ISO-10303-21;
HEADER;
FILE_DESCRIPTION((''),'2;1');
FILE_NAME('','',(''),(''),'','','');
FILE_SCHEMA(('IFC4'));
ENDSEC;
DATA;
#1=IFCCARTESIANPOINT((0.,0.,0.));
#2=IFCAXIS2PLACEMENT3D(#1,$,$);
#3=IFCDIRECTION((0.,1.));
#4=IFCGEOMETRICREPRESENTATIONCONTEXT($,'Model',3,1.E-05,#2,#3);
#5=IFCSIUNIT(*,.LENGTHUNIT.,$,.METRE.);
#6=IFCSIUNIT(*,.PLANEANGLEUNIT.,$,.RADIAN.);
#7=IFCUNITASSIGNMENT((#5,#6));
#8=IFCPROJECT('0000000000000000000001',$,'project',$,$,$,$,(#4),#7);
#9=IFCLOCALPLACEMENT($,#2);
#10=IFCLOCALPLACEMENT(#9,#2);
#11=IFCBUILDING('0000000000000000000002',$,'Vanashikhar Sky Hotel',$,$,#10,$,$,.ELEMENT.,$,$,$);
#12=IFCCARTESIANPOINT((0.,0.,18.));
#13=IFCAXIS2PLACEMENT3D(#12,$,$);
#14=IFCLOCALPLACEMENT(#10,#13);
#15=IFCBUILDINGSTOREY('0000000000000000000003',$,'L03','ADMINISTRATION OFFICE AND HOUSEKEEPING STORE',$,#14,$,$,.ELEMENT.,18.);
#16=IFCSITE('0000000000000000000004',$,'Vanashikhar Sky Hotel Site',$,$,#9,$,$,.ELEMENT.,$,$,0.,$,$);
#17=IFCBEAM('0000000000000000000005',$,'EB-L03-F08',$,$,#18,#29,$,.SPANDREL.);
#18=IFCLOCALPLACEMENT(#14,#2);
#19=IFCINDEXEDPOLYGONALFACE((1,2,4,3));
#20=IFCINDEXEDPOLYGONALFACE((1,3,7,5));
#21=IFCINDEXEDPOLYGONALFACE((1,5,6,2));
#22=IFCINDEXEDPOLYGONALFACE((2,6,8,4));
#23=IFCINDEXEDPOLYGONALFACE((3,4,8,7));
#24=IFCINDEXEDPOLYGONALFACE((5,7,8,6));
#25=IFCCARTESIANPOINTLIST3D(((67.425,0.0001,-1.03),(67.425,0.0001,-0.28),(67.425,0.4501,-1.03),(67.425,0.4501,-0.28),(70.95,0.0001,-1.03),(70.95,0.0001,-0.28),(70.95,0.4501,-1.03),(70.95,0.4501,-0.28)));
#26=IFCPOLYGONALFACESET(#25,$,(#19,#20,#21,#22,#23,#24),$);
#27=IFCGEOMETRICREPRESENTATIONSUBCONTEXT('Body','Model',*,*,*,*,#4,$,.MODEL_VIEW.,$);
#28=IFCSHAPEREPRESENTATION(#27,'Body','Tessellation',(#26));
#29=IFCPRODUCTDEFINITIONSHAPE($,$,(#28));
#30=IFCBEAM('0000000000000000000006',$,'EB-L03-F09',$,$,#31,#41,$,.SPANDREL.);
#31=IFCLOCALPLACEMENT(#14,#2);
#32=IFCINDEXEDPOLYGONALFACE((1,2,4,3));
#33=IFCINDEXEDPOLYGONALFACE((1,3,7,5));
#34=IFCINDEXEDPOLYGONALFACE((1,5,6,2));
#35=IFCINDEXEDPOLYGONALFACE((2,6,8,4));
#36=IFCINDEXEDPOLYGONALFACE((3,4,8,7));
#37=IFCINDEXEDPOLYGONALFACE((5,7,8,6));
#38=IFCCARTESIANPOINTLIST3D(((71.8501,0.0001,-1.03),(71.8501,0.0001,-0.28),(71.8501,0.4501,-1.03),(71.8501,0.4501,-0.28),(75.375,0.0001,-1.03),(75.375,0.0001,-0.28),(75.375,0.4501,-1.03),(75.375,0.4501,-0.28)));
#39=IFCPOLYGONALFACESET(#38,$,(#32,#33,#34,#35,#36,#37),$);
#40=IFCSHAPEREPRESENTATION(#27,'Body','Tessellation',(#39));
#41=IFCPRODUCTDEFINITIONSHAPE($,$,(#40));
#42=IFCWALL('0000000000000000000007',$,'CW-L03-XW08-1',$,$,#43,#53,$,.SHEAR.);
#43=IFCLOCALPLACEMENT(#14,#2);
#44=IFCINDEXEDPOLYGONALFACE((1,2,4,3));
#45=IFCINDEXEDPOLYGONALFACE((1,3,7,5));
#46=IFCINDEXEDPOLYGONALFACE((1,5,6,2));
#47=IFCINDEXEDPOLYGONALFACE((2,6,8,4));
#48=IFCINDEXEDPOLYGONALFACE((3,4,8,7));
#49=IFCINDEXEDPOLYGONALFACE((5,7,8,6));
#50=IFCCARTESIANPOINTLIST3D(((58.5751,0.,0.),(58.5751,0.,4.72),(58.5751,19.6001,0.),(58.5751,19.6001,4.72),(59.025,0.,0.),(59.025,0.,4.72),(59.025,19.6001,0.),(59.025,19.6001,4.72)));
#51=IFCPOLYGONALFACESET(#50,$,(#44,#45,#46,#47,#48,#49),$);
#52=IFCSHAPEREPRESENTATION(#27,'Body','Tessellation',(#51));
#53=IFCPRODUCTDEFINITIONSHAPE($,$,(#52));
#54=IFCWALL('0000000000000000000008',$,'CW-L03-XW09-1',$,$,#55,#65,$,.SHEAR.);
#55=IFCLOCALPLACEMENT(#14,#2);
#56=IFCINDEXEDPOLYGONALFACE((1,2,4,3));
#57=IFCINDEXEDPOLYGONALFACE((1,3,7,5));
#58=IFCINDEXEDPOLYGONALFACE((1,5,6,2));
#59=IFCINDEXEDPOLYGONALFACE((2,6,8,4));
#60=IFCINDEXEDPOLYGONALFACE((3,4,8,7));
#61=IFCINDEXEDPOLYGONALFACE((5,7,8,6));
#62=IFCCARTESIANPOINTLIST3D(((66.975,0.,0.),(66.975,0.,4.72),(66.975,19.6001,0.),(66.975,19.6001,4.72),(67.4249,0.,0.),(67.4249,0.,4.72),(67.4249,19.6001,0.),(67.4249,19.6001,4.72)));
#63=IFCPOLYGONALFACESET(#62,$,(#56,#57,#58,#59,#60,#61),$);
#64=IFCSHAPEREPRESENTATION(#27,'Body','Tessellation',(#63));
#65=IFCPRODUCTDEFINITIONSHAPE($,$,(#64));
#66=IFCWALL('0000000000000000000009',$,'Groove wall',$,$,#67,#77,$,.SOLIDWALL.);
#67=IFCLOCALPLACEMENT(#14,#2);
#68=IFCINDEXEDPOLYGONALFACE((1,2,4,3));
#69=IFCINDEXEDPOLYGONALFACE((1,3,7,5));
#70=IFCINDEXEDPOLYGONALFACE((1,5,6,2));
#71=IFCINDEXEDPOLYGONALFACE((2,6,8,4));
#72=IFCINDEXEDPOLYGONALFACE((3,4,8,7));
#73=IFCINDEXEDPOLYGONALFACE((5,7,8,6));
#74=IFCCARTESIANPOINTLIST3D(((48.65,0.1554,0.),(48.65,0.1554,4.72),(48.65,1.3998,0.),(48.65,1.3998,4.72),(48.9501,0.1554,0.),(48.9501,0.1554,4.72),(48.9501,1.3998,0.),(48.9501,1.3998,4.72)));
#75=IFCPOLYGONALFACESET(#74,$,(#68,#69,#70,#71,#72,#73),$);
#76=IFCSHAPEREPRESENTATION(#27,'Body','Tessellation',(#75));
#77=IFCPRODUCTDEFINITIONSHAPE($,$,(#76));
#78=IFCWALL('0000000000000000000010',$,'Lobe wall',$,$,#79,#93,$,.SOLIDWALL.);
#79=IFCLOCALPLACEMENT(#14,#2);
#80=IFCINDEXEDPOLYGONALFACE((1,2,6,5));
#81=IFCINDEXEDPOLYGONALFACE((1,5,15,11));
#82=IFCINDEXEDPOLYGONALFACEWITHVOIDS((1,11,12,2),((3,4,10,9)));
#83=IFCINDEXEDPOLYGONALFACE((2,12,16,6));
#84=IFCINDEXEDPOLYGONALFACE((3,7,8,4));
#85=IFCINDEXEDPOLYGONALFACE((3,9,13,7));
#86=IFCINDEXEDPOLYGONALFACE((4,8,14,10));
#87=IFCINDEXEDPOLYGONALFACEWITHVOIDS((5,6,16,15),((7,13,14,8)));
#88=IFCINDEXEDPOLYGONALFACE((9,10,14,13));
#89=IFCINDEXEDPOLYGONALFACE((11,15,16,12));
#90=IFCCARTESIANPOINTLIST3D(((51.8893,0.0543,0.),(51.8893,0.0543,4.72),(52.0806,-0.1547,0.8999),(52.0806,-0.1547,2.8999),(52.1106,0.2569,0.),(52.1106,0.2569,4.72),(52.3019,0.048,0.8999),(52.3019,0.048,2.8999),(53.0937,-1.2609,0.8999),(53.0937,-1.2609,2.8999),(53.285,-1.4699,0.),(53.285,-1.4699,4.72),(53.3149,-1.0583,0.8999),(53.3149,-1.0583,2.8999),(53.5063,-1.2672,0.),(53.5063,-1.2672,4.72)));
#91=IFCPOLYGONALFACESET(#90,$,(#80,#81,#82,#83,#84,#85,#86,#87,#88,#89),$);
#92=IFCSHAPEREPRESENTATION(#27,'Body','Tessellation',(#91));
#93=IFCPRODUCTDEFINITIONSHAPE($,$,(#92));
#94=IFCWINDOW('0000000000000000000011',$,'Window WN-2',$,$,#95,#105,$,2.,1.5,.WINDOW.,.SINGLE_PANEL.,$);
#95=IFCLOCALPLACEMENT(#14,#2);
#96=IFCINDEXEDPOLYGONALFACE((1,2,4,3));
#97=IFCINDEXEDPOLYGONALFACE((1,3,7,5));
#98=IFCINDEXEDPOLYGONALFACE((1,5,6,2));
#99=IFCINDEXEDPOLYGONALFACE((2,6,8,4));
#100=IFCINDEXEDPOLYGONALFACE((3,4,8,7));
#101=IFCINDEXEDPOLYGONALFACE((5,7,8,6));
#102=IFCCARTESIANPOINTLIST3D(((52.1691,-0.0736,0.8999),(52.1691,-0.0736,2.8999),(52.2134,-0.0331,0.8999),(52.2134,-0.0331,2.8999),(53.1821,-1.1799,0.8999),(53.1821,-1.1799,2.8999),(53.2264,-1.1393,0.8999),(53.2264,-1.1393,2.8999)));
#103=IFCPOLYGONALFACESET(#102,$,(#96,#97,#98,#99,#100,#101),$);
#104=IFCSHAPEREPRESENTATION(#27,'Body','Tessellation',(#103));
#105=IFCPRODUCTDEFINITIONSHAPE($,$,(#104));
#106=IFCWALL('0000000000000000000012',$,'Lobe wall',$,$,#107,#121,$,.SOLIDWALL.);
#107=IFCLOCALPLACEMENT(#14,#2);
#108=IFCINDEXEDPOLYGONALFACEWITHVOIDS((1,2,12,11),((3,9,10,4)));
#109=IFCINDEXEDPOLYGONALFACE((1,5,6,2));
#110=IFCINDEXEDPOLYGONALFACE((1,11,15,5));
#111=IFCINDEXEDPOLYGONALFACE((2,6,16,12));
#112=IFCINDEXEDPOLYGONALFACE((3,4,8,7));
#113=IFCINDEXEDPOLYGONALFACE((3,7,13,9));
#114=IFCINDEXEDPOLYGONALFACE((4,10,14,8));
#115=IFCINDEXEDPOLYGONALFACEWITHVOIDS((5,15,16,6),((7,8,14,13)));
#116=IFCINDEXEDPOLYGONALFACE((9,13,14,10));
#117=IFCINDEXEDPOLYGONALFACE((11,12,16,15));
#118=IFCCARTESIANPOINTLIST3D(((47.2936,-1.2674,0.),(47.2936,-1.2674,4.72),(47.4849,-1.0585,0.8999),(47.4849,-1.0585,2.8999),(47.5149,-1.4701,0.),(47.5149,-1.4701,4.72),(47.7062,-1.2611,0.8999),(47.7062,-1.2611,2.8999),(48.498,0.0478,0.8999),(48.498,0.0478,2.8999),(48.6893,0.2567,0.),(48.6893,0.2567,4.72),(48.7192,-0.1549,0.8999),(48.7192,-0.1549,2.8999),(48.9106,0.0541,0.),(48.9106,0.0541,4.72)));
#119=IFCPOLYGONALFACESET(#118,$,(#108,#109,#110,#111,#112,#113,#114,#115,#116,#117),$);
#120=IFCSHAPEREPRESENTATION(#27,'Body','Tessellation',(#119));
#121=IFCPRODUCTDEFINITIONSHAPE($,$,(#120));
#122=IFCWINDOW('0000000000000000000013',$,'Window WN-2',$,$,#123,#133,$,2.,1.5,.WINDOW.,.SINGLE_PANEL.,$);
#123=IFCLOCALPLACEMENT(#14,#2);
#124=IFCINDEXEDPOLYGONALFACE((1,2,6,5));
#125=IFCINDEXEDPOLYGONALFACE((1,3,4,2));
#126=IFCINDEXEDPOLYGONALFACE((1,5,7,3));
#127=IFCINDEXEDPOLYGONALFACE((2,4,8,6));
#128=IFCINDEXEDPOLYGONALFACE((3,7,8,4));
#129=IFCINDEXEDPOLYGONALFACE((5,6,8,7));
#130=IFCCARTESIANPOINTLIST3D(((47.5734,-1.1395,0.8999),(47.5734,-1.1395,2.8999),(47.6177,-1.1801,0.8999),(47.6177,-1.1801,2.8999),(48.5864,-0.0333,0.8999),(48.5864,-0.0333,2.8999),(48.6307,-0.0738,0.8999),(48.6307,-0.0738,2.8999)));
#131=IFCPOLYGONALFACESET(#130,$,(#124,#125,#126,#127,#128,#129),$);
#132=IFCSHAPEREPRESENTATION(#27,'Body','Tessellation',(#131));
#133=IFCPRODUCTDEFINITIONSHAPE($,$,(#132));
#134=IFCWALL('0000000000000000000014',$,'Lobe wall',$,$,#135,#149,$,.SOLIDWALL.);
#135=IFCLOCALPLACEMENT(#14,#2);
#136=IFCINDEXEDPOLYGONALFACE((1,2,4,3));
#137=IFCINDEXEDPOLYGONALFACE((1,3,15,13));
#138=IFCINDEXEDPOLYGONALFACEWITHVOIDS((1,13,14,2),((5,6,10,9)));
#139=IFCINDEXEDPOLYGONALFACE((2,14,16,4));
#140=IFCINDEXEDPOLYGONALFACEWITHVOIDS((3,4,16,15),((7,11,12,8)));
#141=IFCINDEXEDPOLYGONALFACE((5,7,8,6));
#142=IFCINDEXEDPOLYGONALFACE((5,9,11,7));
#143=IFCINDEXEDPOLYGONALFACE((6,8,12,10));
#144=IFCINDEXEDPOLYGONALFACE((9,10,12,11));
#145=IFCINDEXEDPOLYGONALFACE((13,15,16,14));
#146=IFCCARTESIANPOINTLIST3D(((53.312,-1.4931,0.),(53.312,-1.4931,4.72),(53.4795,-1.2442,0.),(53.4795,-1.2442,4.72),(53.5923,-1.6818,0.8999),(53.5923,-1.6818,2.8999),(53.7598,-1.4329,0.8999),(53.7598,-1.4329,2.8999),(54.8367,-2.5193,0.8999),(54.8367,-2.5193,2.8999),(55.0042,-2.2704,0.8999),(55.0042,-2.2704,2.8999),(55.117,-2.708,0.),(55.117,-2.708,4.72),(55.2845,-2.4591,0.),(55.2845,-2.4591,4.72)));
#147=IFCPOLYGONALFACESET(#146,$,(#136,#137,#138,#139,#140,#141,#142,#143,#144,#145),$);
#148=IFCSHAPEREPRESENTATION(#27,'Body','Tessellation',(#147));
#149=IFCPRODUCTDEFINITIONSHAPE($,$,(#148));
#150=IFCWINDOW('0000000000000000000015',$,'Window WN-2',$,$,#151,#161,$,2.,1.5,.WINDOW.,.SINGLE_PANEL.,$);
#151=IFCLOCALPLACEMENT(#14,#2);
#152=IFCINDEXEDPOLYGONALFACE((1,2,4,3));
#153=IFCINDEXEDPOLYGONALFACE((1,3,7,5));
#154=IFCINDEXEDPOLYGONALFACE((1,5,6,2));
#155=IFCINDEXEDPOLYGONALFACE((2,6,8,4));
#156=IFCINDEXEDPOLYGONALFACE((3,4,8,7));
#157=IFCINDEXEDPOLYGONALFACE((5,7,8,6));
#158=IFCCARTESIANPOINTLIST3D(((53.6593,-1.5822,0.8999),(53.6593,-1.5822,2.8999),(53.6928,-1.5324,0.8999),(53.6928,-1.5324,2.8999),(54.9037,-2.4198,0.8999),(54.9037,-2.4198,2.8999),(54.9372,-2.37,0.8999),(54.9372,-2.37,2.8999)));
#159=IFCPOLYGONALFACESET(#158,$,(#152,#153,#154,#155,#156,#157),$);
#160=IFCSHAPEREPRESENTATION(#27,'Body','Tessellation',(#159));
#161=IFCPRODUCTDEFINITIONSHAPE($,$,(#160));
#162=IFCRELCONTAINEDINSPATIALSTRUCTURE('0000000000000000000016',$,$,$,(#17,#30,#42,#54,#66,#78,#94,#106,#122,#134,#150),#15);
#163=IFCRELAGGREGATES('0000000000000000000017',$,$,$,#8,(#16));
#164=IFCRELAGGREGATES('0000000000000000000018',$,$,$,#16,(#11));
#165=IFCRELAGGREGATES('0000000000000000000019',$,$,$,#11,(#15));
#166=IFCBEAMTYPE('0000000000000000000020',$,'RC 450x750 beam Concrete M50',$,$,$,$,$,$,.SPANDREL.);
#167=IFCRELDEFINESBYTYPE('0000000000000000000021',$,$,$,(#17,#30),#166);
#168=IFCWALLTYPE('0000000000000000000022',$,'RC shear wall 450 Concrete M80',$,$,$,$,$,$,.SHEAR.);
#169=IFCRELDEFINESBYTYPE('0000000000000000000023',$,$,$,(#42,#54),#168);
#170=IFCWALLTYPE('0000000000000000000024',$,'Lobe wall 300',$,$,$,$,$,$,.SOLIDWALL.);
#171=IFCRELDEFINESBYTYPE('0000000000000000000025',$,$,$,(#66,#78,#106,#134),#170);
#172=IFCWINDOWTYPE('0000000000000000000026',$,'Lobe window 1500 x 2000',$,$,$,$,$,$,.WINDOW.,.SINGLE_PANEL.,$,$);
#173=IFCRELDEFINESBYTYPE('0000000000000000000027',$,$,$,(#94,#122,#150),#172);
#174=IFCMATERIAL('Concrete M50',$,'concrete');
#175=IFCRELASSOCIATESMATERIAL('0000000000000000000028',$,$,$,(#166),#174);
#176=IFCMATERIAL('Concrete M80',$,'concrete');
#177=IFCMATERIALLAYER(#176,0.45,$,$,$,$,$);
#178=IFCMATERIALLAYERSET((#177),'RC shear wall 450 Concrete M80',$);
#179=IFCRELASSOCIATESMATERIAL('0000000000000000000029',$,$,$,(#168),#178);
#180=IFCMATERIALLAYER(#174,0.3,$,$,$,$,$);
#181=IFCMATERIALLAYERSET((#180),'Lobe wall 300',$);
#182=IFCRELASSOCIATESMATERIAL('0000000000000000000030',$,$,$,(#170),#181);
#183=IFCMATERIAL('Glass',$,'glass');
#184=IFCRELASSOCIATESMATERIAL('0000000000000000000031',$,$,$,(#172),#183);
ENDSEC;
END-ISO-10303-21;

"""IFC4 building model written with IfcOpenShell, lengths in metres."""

from ifc_helpers import new_model, si_unit, direction, frame, frame_2d, origin, origin_2d, place, context, subcontext, project, spatial, rectangle, extrude, source, transform, mapped, material, layer, layer_set, material_profile, profile_set, type_object, element, fill, save


model = new_model("IFC4")

# Units and contexts
model_context = context("Model", 3, precision=1e-05, world=origin(), true_north=direction((0.0, 1.0)))
body_context = subcontext(model_context, "Body", "Model", "MODEL_VIEW")
ifc_project = project(units=[si_unit("LENGTHUNIT", "METRE"), si_unit("PLANEANGLEUNIT", "RADIAN")], contexts=[model_context])

# Site, building, storey
site_placement = place(None, origin())
site = spatial("IfcSite", under=ifc_project, at=site_placement, Name="Vanashikhar Sky Hotel Site", CompositionType="ELEMENT", RefElevation=0.0)
building_placement = place(site_placement, origin())
building = spatial("IfcBuilding", under=site, at=building_placement, Name="Vanashikhar Sky Hotel", CompositionType="ELEMENT")
storey_placement = place(building_placement, frame((0.0, 0.0, 18.0)))
storey = spatial("IfcBuildingStorey", under=building, at=storey_placement, Name="L03", Description="ADMINISTRATION OFFICE AND HOUSEKEEPING STORE", CompositionType="ELEMENT", Elevation=18.0)

# Beams
ifc_material_1 = material(Name="Concrete M50", Category="concrete")
ifc_material_profile = material_profile(ifc_material_1, rectangle(XDim=0.45, YDim=0.75, at=origin_2d()))
ifc_profile_set = profile_set([ifc_material_profile], Name="RC 450x750 beam Concrete M50")
beam_type = type_object("IfcBeamType", Name="RC 450x750 beam Concrete M50", PredefinedType="SPANDREL", material=ifc_profile_set)
shared_shape_1 = source(origin(), body_context, "Body", "SweptSolid", [
    extrude(rectangle(XDim=0.45, YDim=0.75, at=origin_2d()), origin(), (0.0, 0.0, 1.0), 3.5249),
])
for number, where, z_axis, x_axis, name in (
    (1, (67.425, 0.2251, -0.655), (1.0, 0.0, 0.0), (0.0, 1.0, 0.0), "EB-L03-F08"),
    (2, (71.8501, 0.2251, -0.655), (1.0, 0.0, 0.0), (0.0, 1.0, 0.0), "EB-L03-F09"),
):
    element("IfcBeam", number, at=place(storey_placement, frame(where, z_axis=z_axis, x_axis=x_axis)), inside=storey, type_object=beam_type, Name=name, PredefinedType="SPANDREL", context=body_context, shape_type="MappedRepresentation", body=[
        mapped(shared_shape_1, transform((0.0, 0.0, 0.0), scale=1.0)),
    ])

# Walls
ifc_material_2 = material(Name="Concrete M80", Category="concrete")
ifc_layer_1 = layer(ifc_material_2, 0.45)
ifc_layer_set_1 = layer_set([ifc_layer_1], Name="RC shear wall 450 Concrete M80")
wall_type_1 = type_object("IfcWallType", Name="RC shear wall 450 Concrete M80", PredefinedType="SHEAR", material=ifc_layer_set_1)
shared_shape_2 = source(origin(), body_context, "Body", "SweptSolid", [
    extrude(rectangle(XDim=19.6001, YDim=0.45, at=frame_2d((9.8, 0.0))), origin(), (0.0, 0.0, 1.0), 4.72),
])
for number, where, z_axis, x_axis, name in (
    (3, (58.8, 0.0, 0.0), (0.0, 0.0, 1.0), (0.0, 1.0, 0.0), "CW-L03-XW08-1"),
    (4, (67.2, 0.0, 0.0), (0.0, 0.0, 1.0), (0.0, 1.0, 0.0), "CW-L03-XW09-1"),
):
    element("IfcWall", number, at=place(storey_placement, frame(where, z_axis=z_axis, x_axis=x_axis)), inside=storey, type_object=wall_type_1, Name=name, PredefinedType="SHEAR", context=body_context, shape_type="MappedRepresentation", body=[
        mapped(shared_shape_2, transform((0.0, 0.0, 0.0), scale=1.0)),
    ])
ifc_layer_2 = layer(ifc_material_1, 0.3)
ifc_layer_set_2 = layer_set([ifc_layer_2], Name="Lobe wall 300")
wall_type_2 = type_object("IfcWallType", Name="Lobe wall 300", PredefinedType="SOLIDWALL", material=ifc_layer_set_2)
shared_shape_3 = source(origin(), body_context, "Body", "SweptSolid", [
    extrude(rectangle(XDim=1.2444, YDim=0.3, at=frame_2d((0.6221, 0.0))), origin(), (0.0, 0.0, 1.0), 4.72),
])
wall_1_placement = place(storey_placement, frame((48.8, 0.1555, 0.0), z_axis=(0.0, 0.0, 1.0), x_axis=(0.0, 1.0, 0.0)))
element("IfcWall", 5, at=wall_1_placement, inside=storey, type_object=wall_type_2, Name="Groove wall", PredefinedType="SOLIDWALL", context=body_context, shape_type="MappedRepresentation", body=[
    mapped(shared_shape_3, transform((0.0, 0.0, 0.0), scale=1.0)),
])

# Walls, openings, windows
shared_shape_4 = source(origin(), body_context, "Body", "SweptSolid", [
    extrude(rectangle(XDim=2.0667, YDim=0.3, at=frame_2d((1.0332, 0.0))), origin(), (0.0, 0.0, 1.0), 4.72),
])
wall_2_placement = place(storey_placement, frame((52.0, 0.1555, 0.0), z_axis=(0.0, 0.0, 1.0), x_axis=(0.675355, -0.737492, 0.0)))
wall_2 = element("IfcWall", 6, at=wall_2_placement, inside=storey, type_object=wall_type_2, Name="Lobe wall", PredefinedType="SOLIDWALL", context=body_context, shape_type="MappedRepresentation", body=[
    mapped(shared_shape_4, transform((0.0, 0.0, 0.0), scale=1.0)),
])
shared_shape_5 = source(origin(), body_context, "Body", "SweptSolid", [
    extrude(rectangle(XDim=1.5, YDim=2.0, at=frame_2d((0.75, 1.0))), frame((0.0, 0.1602, 0.0), z_axis=(0.0, -1.0, 0.0), x_axis=(1.0, 0.0, 0.0)), (0.0, 0.0, 1.0), 0.3201),
])
opening_1_placement = place(wall_2_placement, frame((0.2832, 0.0, 0.8999)))
opening_1 = element("IfcOpeningElement", 7, at=opening_1_placement, cuts=wall_2, PredefinedType="OPENING", context=body_context, shape_type="MappedRepresentation", body=[
    mapped(shared_shape_5, transform((0.0, 0.0, 0.0), scale=1.0)),
])
ifc_material_3 = material(Name="Glass", Category="glass")
window_type = type_object("IfcWindowType", Name="Lobe window 1500 x 2000", PartitioningType="SINGLE_PANEL", PredefinedType="WINDOW", material=ifc_material_3)
shared_shape_6 = source(origin(), body_context, "Body", "SweptSolid", [
    extrude(rectangle(XDim=1.5, YDim=2.0, at=frame_2d((0.75, 1.0))), frame((0.0, 0.03, 0.0), z_axis=(0.0, -1.0, 0.0), x_axis=(1.0, 0.0, 0.0)), (0.0, 0.0, 1.0), 0.0601),
])
window_1_placement = place(opening_1_placement, origin())
window_1 = element("IfcWindow", 8, at=window_1_placement, inside=storey, type_object=window_type, Name="Window WN-2", OverallHeight=2.0, OverallWidth=1.5, PartitioningType="SINGLE_PANEL", PredefinedType="WINDOW", context=body_context, shape_type="MappedRepresentation", body=[
    mapped(shared_shape_6, transform((0.0, 0.0, 0.0), scale=1.0)),
])
fill(opening_1, window_1)
wall_3_placement = place(storey_placement, frame((47.4043, -1.3687, 0.0), z_axis=(0.0, 0.0, 1.0), x_axis=(0.675355, 0.737492, 0.0)))
wall_3 = element("IfcWall", 9, at=wall_3_placement, inside=storey, type_object=wall_type_2, Name="Lobe wall", PredefinedType="SOLIDWALL", context=body_context, shape_type="MappedRepresentation", body=[
    mapped(shared_shape_4, transform((0.0, 0.0, 0.0), scale=1.0)),
])
opening_2_placement = place(wall_3_placement, frame((0.2832, 0.0, 0.8999)))
opening_2 = element("IfcOpeningElement", 10, at=opening_2_placement, cuts=wall_3, PredefinedType="OPENING", context=body_context, shape_type="MappedRepresentation", body=[
    mapped(shared_shape_5, transform((0.0, 0.0, 0.0), scale=1.0)),
])
window_2_placement = place(opening_2_placement, origin())
window_2 = element("IfcWindow", 11, at=window_2_placement, inside=storey, type_object=window_type, Name="Window WN-2", OverallHeight=2.0, OverallWidth=1.5, PartitioningType="SINGLE_PANEL", PredefinedType="WINDOW", context=body_context, shape_type="MappedRepresentation", body=[
    mapped(shared_shape_6, transform((0.0, 0.0, 0.0), scale=1.0)),
])
fill(opening_2, window_2)
shared_shape_7 = source(origin(), body_context, "Body", "SweptSolid", [
    extrude(rectangle(XDim=2.1758, YDim=0.3, at=frame_2d((1.0879, 0.0))), origin(), (0.0, 0.0, 1.0), 4.72),
])
wall_4_placement = place(storey_placement, frame((53.3958, -1.3687, 0.0), z_axis=(0.0, 0.0, 1.0), x_axis=(0.829591, -0.558372, 0.0)))
wall_4 = element("IfcWall", 12, at=wall_4_placement, inside=storey, type_object=wall_type_2, Name="Lobe wall", PredefinedType="SOLIDWALL", context=body_context, shape_type="MappedRepresentation", body=[
    mapped(shared_shape_7, transform((0.0, 0.0, 0.0), scale=1.0)),
])
opening_3_placement = place(wall_4_placement, frame((0.3379, 0.0, 0.8999)))
opening_3 = element("IfcOpeningElement", 13, at=opening_3_placement, cuts=wall_4, PredefinedType="OPENING", context=body_context, shape_type="MappedRepresentation", body=[
    mapped(shared_shape_5, transform((0.0, 0.0, 0.0), scale=1.0)),
])
window_3_placement = place(opening_3_placement, origin())
window_3 = element("IfcWindow", 14, at=window_3_placement, inside=storey, type_object=window_type, Name="Window WN-2", OverallHeight=2.0, OverallWidth=1.5, PartitioningType="SINGLE_PANEL", PredefinedType="WINDOW", context=body_context, shape_type="MappedRepresentation", body=[
    mapped(shared_shape_6, transform((0.0, 0.0, 0.0), scale=1.0)),
])
fill(opening_3, window_3)

save(model, "model.ifc")
